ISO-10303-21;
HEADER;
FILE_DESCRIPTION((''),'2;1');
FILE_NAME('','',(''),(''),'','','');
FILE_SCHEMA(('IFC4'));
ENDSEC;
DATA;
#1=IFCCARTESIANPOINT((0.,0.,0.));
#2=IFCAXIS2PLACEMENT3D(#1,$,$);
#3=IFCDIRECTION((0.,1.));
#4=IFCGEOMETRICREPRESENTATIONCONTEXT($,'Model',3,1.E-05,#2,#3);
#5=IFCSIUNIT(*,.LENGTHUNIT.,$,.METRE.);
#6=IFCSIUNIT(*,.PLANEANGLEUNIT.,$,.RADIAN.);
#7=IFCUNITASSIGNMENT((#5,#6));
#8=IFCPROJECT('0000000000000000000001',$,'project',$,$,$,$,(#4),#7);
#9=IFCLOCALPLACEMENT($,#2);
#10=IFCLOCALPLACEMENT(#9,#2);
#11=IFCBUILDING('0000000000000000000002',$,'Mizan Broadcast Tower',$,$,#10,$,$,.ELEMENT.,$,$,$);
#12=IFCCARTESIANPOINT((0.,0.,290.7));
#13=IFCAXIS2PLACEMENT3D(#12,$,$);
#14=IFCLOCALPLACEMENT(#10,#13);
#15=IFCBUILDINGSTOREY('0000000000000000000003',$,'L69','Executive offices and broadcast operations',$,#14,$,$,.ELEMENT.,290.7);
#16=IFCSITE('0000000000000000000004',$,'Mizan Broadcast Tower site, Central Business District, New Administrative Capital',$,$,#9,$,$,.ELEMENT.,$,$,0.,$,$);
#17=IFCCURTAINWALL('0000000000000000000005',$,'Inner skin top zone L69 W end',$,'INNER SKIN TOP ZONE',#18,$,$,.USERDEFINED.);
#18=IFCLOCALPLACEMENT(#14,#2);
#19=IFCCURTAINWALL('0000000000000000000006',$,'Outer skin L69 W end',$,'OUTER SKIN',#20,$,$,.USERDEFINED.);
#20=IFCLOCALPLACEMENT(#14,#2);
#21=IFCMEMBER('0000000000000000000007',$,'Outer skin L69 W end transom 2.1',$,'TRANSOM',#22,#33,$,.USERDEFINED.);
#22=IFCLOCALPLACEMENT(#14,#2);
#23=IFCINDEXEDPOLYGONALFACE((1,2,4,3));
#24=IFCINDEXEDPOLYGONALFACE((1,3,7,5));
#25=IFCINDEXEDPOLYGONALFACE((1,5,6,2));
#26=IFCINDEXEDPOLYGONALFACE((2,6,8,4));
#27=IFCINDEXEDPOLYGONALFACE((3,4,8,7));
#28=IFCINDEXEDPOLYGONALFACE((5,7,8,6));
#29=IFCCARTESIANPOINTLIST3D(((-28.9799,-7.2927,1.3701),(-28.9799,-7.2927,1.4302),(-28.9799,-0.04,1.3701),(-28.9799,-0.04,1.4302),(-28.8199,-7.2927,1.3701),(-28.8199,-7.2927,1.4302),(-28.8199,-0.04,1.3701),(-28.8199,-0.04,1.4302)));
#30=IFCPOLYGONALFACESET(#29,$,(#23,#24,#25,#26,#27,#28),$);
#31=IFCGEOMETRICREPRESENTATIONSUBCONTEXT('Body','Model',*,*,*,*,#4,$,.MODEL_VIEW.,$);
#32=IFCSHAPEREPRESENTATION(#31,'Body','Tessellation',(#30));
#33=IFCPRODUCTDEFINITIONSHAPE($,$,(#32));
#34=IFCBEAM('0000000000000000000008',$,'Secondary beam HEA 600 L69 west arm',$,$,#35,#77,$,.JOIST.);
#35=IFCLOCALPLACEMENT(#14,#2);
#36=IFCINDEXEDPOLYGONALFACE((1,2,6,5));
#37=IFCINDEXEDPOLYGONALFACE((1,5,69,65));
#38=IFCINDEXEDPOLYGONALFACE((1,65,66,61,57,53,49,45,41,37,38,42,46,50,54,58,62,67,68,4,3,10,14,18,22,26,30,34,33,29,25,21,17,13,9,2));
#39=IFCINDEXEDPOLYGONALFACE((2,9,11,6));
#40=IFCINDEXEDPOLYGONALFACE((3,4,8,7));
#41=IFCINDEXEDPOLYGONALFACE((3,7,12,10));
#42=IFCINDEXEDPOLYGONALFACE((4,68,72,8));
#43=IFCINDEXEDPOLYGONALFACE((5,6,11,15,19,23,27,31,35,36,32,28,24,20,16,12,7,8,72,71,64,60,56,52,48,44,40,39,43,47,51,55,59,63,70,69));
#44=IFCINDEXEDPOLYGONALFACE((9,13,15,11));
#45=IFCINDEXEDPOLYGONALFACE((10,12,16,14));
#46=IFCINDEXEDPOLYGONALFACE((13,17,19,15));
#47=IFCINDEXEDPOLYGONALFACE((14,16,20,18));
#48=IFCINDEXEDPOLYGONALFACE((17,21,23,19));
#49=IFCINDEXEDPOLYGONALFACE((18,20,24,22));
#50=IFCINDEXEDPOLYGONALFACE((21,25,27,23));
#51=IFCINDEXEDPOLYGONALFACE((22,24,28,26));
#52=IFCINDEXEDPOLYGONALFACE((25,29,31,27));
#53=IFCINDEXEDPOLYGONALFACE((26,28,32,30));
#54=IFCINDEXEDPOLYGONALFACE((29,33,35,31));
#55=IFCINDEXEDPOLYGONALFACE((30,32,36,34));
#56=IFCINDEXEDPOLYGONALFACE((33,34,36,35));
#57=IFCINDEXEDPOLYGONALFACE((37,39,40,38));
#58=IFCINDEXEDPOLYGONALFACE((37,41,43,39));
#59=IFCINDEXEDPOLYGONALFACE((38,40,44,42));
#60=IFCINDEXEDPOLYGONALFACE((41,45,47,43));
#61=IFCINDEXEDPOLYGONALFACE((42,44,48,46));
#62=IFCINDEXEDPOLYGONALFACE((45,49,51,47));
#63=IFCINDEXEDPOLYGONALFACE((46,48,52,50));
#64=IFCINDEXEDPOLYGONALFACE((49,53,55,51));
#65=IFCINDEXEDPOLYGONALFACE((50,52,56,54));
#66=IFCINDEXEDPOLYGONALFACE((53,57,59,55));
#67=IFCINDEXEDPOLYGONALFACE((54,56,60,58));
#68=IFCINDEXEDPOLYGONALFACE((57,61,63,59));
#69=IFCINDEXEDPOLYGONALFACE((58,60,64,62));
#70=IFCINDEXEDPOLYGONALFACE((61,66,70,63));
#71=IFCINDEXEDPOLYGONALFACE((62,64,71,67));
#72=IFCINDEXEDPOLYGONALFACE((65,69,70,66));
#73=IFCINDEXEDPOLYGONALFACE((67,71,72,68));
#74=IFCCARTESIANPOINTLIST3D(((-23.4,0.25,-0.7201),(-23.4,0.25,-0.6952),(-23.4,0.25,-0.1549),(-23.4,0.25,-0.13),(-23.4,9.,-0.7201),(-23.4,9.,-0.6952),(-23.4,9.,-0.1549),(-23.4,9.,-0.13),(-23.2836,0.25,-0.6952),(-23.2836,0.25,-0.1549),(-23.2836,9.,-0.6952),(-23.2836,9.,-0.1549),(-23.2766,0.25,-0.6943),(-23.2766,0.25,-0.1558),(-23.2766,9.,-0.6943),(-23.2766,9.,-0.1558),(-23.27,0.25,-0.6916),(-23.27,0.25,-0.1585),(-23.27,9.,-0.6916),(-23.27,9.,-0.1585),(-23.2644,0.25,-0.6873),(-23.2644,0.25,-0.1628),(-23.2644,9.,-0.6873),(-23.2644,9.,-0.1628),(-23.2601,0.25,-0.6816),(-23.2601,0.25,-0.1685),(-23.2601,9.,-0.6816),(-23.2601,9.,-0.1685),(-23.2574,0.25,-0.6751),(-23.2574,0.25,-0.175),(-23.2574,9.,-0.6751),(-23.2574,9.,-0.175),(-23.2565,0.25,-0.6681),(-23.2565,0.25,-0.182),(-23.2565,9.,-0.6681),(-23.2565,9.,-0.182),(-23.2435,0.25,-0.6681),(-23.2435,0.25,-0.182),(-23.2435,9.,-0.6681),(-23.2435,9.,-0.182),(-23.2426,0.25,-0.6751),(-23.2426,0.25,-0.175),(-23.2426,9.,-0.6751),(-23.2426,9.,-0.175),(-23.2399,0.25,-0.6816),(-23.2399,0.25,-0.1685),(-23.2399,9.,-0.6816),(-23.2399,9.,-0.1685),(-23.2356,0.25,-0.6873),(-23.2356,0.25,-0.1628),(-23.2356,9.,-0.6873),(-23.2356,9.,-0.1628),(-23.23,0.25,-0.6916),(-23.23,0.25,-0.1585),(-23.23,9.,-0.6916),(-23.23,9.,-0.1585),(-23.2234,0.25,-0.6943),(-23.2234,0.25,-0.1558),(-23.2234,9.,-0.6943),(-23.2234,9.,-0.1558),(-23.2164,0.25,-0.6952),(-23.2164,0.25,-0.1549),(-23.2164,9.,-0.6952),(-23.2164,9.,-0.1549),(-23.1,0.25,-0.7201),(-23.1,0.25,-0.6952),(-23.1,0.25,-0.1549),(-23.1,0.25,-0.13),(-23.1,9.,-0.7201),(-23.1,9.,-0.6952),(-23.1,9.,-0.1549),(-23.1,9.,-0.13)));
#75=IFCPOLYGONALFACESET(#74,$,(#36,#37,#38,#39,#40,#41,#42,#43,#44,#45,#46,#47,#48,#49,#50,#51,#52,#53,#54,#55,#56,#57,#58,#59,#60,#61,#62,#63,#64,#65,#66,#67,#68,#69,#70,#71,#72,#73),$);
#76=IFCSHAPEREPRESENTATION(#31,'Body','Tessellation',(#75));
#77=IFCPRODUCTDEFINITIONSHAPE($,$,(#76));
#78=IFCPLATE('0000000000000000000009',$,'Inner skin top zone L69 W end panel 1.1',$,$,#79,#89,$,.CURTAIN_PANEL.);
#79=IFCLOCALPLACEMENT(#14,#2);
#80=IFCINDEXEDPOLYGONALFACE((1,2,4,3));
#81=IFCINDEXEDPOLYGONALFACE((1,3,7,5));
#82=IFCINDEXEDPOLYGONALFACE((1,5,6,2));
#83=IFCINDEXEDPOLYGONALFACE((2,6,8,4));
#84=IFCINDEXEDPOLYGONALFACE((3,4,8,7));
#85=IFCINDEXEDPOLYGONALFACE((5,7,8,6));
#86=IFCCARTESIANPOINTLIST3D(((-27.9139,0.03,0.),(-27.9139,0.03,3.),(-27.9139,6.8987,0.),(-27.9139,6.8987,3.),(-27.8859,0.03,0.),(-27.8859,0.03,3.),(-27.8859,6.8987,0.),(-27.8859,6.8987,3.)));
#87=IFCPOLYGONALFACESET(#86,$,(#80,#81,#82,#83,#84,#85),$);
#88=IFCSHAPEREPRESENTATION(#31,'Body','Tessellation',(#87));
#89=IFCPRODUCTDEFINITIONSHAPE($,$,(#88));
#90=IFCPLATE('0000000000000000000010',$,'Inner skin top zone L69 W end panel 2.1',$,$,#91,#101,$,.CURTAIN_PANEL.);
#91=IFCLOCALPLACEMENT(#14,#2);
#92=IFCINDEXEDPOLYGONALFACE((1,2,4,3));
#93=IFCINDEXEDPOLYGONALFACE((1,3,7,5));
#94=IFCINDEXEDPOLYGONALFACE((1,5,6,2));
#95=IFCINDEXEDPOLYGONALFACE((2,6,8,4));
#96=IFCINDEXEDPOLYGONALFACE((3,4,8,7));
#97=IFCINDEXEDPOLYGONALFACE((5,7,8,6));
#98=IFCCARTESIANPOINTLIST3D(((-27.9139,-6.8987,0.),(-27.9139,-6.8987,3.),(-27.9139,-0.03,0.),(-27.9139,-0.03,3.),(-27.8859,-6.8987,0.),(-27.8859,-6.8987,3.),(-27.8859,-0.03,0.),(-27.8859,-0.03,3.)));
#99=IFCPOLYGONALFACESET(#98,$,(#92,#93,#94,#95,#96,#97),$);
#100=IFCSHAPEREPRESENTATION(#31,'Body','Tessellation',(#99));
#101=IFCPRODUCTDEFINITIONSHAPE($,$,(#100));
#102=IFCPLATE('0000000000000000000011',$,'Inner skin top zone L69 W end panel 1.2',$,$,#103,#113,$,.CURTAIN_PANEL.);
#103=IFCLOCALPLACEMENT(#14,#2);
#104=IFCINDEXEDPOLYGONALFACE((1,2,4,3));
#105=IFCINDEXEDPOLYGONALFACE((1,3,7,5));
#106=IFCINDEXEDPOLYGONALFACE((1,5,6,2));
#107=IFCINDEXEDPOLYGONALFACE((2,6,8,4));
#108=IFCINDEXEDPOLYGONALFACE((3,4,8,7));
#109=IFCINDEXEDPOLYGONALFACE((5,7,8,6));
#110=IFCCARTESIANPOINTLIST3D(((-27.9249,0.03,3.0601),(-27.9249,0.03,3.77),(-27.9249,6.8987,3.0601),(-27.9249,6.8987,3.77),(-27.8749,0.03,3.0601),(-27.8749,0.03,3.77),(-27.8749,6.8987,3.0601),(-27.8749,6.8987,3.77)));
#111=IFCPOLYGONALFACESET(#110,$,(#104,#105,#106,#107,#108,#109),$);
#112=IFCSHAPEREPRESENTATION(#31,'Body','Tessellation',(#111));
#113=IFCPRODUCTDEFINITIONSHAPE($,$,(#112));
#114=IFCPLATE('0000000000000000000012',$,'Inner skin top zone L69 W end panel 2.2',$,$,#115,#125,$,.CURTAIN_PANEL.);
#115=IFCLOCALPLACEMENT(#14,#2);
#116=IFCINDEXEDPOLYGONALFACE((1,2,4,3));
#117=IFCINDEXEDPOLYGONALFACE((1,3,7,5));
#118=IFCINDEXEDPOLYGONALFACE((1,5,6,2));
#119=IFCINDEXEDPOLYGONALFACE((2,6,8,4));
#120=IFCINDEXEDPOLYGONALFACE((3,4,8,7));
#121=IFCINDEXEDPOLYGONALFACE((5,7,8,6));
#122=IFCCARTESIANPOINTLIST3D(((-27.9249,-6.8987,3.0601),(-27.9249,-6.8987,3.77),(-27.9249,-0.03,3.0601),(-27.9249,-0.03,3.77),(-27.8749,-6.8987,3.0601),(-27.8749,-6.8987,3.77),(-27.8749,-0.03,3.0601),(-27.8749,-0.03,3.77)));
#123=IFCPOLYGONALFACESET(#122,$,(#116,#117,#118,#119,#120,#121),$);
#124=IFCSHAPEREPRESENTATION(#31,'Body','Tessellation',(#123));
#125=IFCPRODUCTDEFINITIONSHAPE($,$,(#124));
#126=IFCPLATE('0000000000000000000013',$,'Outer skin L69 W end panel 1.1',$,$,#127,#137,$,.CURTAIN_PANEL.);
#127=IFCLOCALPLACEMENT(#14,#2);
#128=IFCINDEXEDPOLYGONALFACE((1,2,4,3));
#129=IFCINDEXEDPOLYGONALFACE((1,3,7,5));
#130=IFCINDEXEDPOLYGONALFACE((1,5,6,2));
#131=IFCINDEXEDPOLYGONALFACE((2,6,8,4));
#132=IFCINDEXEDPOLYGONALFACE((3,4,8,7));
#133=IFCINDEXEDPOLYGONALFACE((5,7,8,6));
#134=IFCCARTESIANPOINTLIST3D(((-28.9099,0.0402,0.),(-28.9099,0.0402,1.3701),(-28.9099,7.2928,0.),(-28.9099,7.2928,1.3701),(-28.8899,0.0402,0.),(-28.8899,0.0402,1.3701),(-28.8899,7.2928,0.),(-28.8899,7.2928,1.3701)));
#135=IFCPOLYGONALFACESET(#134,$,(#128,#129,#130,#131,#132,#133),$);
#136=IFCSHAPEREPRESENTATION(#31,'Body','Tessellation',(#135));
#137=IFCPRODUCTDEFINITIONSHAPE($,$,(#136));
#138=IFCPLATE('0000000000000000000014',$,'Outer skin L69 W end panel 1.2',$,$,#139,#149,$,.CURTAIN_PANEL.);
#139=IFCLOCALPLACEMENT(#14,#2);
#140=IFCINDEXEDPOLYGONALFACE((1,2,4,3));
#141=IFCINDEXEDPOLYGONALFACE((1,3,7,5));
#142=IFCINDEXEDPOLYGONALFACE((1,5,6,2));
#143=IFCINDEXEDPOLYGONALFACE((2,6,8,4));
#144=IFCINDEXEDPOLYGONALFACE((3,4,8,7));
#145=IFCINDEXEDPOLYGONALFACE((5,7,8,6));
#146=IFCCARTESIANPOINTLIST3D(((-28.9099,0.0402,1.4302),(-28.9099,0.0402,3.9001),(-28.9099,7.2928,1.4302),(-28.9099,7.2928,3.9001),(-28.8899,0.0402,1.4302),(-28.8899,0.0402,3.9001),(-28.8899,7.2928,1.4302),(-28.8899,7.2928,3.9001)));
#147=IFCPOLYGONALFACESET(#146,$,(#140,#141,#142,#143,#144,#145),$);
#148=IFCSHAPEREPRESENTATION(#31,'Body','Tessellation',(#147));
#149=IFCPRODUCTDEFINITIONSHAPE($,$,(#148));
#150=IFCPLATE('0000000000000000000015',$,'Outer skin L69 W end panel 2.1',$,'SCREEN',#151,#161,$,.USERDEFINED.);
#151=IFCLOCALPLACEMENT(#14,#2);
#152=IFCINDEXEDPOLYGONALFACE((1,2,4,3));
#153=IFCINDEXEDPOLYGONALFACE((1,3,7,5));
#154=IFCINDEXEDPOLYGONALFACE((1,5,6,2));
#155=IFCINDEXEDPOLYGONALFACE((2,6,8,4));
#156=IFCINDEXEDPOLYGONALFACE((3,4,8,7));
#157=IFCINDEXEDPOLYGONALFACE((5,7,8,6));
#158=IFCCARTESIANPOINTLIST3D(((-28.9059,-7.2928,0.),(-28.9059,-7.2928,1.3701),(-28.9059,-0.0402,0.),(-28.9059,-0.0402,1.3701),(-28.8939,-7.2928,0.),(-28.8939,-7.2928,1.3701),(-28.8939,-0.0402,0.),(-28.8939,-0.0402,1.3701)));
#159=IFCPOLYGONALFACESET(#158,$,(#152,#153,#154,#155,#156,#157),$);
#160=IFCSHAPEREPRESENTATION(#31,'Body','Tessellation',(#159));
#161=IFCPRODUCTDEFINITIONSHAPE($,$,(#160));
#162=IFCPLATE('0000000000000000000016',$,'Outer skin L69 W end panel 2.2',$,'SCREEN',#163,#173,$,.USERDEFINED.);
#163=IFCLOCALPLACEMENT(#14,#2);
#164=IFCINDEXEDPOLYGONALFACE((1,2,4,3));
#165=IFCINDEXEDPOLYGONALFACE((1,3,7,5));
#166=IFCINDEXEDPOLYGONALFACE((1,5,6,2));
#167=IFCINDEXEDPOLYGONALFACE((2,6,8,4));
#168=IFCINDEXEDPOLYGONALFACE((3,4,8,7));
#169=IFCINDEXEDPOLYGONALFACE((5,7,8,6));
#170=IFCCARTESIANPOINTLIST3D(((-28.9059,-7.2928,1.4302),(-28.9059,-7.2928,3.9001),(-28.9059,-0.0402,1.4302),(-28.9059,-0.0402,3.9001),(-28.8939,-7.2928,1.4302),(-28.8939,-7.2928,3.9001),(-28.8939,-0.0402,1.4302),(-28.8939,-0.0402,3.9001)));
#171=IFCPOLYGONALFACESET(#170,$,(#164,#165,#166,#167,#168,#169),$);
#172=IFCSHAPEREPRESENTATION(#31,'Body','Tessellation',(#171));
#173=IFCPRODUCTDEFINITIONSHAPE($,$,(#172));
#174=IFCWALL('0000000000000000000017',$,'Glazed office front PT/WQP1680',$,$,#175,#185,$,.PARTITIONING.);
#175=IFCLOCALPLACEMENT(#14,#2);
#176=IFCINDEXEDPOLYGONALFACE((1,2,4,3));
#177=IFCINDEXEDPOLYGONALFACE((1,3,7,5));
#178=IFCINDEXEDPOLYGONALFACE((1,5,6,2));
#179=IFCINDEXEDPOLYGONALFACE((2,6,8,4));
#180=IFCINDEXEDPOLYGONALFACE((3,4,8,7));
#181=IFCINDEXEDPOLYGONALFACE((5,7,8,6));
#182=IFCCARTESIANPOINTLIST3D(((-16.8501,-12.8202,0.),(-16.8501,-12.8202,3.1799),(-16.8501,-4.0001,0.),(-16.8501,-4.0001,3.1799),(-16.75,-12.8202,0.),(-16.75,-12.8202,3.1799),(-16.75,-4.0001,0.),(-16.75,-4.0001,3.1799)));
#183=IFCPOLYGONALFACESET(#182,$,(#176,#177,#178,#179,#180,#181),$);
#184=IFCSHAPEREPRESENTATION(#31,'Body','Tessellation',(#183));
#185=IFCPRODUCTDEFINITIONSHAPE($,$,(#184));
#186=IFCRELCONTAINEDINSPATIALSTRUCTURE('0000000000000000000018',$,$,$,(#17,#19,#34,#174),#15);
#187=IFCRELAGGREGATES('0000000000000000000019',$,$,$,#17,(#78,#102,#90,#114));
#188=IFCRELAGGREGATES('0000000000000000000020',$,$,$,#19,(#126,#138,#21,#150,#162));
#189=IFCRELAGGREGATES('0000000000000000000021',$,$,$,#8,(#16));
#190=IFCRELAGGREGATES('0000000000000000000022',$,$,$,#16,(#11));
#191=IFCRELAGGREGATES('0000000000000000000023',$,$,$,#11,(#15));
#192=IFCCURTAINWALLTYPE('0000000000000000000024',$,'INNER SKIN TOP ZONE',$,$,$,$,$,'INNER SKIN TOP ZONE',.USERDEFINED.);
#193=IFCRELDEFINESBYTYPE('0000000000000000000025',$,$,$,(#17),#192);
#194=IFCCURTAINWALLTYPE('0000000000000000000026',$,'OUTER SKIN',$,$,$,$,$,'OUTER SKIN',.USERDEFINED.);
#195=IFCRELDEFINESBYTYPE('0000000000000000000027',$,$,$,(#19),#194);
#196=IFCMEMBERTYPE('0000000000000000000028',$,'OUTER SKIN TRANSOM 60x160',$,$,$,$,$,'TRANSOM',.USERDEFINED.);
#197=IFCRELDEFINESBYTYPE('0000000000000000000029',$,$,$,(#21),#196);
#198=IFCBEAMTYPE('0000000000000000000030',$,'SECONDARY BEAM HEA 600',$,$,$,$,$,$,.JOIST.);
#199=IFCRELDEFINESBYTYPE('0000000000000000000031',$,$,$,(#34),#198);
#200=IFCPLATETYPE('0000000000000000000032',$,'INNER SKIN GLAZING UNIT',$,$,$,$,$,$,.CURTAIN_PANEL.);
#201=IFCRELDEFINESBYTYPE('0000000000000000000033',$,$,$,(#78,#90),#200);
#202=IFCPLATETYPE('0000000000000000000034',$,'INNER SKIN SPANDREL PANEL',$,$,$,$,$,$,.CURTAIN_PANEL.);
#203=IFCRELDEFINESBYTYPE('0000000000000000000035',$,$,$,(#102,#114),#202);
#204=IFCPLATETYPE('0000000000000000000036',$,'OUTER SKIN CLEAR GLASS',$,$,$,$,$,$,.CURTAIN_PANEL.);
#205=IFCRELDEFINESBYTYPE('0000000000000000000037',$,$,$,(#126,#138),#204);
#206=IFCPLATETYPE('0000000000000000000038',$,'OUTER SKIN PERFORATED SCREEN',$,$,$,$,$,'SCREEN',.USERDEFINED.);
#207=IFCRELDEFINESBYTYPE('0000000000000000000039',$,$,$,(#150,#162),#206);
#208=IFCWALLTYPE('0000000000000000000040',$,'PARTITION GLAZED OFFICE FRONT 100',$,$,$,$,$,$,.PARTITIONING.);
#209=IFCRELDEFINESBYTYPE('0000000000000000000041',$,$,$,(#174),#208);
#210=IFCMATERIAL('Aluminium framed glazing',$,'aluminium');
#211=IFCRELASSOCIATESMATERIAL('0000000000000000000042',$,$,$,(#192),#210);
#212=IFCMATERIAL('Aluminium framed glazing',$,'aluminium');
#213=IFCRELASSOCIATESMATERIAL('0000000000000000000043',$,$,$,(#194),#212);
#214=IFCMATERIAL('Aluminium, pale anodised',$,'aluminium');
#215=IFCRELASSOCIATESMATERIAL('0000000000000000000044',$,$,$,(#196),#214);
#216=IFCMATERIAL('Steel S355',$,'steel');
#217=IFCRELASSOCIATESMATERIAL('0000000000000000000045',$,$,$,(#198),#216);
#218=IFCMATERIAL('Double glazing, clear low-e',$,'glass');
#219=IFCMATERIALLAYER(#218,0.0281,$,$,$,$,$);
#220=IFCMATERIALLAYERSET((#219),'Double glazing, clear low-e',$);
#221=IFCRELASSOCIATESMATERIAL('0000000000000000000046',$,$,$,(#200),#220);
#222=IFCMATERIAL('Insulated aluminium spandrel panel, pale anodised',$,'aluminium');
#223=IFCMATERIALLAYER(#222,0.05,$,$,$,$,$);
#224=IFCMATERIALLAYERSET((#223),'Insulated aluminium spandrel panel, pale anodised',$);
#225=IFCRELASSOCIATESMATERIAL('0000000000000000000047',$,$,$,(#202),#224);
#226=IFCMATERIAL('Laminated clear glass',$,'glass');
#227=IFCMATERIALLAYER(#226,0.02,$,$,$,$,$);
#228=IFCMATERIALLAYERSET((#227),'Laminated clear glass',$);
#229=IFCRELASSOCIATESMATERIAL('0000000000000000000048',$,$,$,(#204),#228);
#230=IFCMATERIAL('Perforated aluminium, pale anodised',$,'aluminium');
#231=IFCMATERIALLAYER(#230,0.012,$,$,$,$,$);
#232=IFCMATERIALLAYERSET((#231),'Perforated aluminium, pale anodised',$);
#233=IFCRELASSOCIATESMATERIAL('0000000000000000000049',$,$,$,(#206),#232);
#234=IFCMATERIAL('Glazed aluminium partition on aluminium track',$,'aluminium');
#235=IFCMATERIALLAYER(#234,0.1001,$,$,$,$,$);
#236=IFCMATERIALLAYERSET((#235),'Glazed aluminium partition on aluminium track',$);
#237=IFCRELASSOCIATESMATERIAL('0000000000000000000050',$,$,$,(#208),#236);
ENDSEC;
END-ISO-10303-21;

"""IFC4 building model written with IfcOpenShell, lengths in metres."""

from ifc_helpers import new_model, si_unit, direction, frame, frame_2d, origin, origin_2d, place, context, subcontext, project, spatial, rectangle, i_section, extrude, material, layer, layer_set, material_profile, profile_set, type_object, element, aggregate, save


model = new_model("IFC4")

# Units and contexts
model_context = context("Model", 3, precision=1e-05, world=origin(), true_north=direction((0.0, 1.0)))
body_context = subcontext(model_context, "Body", "Model", "MODEL_VIEW")
ifc_project = project(units=[si_unit("LENGTHUNIT", "METRE"), si_unit("PLANEANGLEUNIT", "RADIAN")], contexts=[model_context])

# Site, building, storey
site_placement = place(None, origin())
site = spatial("IfcSite", under=ifc_project, at=site_placement, Name="Mizan Broadcast Tower site, Central Business District, New Administrative Capital", CompositionType="ELEMENT", RefElevation=0.0)
building_placement = place(site_placement, origin())
building = spatial("IfcBuilding", under=site, at=building_placement, Name="Mizan Broadcast Tower", CompositionType="ELEMENT")
storey_placement = place(building_placement, frame((0.0, 0.0, 290.7)))
storey = spatial("IfcBuildingStorey", under=building, at=storey_placement, Name="L69", Description="Executive offices and broadcast operations", CompositionType="ELEMENT", Elevation=290.7)

# Shared definitions
ifc_material_1 = material(Name="Aluminium framed glazing", Category="aluminium")
curtain_wall_type_1 = type_object("IfcCurtainWallType", Name="INNER SKIN TOP ZONE", ElementType="INNER SKIN TOP ZONE", PredefinedType="USERDEFINED", material=ifc_material_1)

# Curtain wall
curtain_wall_1_placement = place(storey_placement, origin())
curtain_wall_1 = element("IfcCurtainWall", 1, at=curtain_wall_1_placement, inside=storey, type_object=curtain_wall_type_1, Name="Inner skin top zone L69 W end", ObjectType="INNER SKIN TOP ZONE", PredefinedType="USERDEFINED")

# Shared definitions
ifc_material_2 = material(Name="Aluminium framed glazing", Category="aluminium")
curtain_wall_type_2 = type_object("IfcCurtainWallType", Name="OUTER SKIN", ElementType="OUTER SKIN", PredefinedType="USERDEFINED", material=ifc_material_2)

# Curtain wall, member
curtain_wall_2_placement = place(storey_placement, origin())
curtain_wall_2 = element("IfcCurtainWall", 2, at=curtain_wall_2_placement, inside=storey, type_object=curtain_wall_type_2, Name="Outer skin L69 W end", ObjectType="OUTER SKIN", PredefinedType="USERDEFINED")
ifc_material_3 = material(Name="Aluminium, pale anodised", Category="aluminium")
ifc_material_profile_1 = material_profile(ifc_material_3, rectangle(XDim=0.1599, YDim=0.0601, at=origin_2d()), Name="TRANSOM 160x60")
ifc_profile_set_1 = profile_set([ifc_material_profile_1], Name="Aluminium, pale anodised")
member_type_1 = type_object("IfcMemberType", Name="OUTER SKIN TRANSOM 60x160", ElementType="TRANSOM", PredefinedType="USERDEFINED", material=ifc_profile_set_1)
member_1_placement = place(storey_placement, frame((-28.8999, -0.04, 1.4001), z_axis=(0.0, -1.0, 0.0), x_axis=(1.0, 0.0, 0.0)))
member_1 = element("IfcMember", 3, at=member_1_placement, type_object=member_type_1, Name="Outer skin L69 W end transom 2.1", ObjectType="TRANSOM", PredefinedType="USERDEFINED", context=body_context, shape_type="SweptSolid", body=[
    extrude(rectangle(XDim=0.1599, YDim=0.0601, at=origin_2d()), origin(), (0.0, 0.0, 1.0), 7.2527),
])

# Beam
ifc_material_4 = material(Name="Steel S355", Category="steel")
ifc_material_profile_2 = material_profile(ifc_material_4, i_section(OverallWidth=0.3, OverallDepth=0.5901, WebThickness=0.0129, FlangeThickness=0.0249, FilletRadius=0.0271, at=origin_2d()), Name="HEA 600")
ifc_profile_set_2 = profile_set([ifc_material_profile_2], Name="Steel S355")
beam_type_1 = type_object("IfcBeamType", Name="SECONDARY BEAM HEA 600", PredefinedType="JOIST", material=ifc_profile_set_2)
beam_1_placement = place(storey_placement, frame((-23.25, 9.0, -0.425), z_axis=(0.0, -1.0, 0.0), x_axis=(1.0, 0.0, 0.0)))
element("IfcBeam", 4, at=beam_1_placement, inside=storey, type_object=beam_type_1, Name="Secondary beam HEA 600 L69 west arm", PredefinedType="JOIST", context=body_context, shape_type="SweptSolid", body=[
    extrude(i_section(OverallWidth=0.3, OverallDepth=0.5901, WebThickness=0.0129, FlangeThickness=0.0249, FilletRadius=0.0271, at=origin_2d()), origin(), (0.0, 0.0, 1.0), 8.75),
])

# Plates
ifc_material_5 = material(Name="Double glazing, clear low-e", Category="glass")
ifc_layer_1 = layer(ifc_material_5, 0.0281)
ifc_layer_set_1 = layer_set([ifc_layer_1], Name="Double glazing, clear low-e")
plate_type_1 = type_object("IfcPlateType", Name="INNER SKIN GLAZING UNIT", PredefinedType="CURTAIN_PANEL", material=ifc_layer_set_1)
plate_1_placement = place(storey_placement, frame((-27.8999, 3.4644, 0.0), z_axis=(0.0, 0.0, 1.0), x_axis=(0.0, -1.0, 0.0)))
plate_1 = element("IfcPlate", 5, at=plate_1_placement, type_object=plate_type_1, Name="Inner skin top zone L69 W end panel 1.1", PredefinedType="CURTAIN_PANEL", context=body_context, shape_type="SweptSolid", body=[
    extrude(rectangle(XDim=6.8687, YDim=0.0281, at=origin_2d()), origin(), (0.0, 0.0, 1.0), 3.0),
])
plate_2_placement = place(storey_placement, frame((-27.8999, -3.4644, 0.0), z_axis=(0.0, 0.0, 1.0), x_axis=(0.0, -1.0, 0.0)))
plate_2 = element("IfcPlate", 6, at=plate_2_placement, type_object=plate_type_1, Name="Inner skin top zone L69 W end panel 2.1", PredefinedType="CURTAIN_PANEL", context=body_context, shape_type="SweptSolid", body=[
    extrude(rectangle(XDim=6.8687, YDim=0.0281, at=origin_2d()), origin(), (0.0, 0.0, 1.0), 3.0),
])
ifc_material_6 = material(Name="Insulated aluminium spandrel panel, pale anodised", Category="aluminium")
ifc_layer_2 = layer(ifc_material_6, 0.05)
ifc_layer_set_2 = layer_set([ifc_layer_2], Name="Insulated aluminium spandrel panel, pale anodised")
plate_type_2 = type_object("IfcPlateType", Name="INNER SKIN SPANDREL PANEL", PredefinedType="CURTAIN_PANEL", material=ifc_layer_set_2)
plate_3_placement = place(storey_placement, frame((-27.8999, 3.4644, 3.0601), z_axis=(0.0, 0.0, 1.0), x_axis=(0.0, -1.0, 0.0)))
plate_3 = element("IfcPlate", 7, at=plate_3_placement, type_object=plate_type_2, Name="Inner skin top zone L69 W end panel 1.2", PredefinedType="CURTAIN_PANEL", context=body_context, shape_type="SweptSolid", body=[
    extrude(rectangle(XDim=6.8687, YDim=0.05, at=origin_2d()), origin(), (0.0, 0.0, 1.0), 0.71),
])
plate_4_placement = place(storey_placement, frame((-27.8999, -3.4644, 3.0601), z_axis=(0.0, 0.0, 1.0), x_axis=(0.0, -1.0, 0.0)))
plate_4 = element("IfcPlate", 8, at=plate_4_placement, type_object=plate_type_2, Name="Inner skin top zone L69 W end panel 2.2", PredefinedType="CURTAIN_PANEL", context=body_context, shape_type="SweptSolid", body=[
    extrude(rectangle(XDim=6.8687, YDim=0.05, at=origin_2d()), origin(), (0.0, 0.0, 1.0), 0.71),
])
aggregate(curtain_wall_1, [plate_1, plate_3, plate_2, plate_4])
ifc_material_7 = material(Name="Laminated clear glass", Category="glass")
ifc_layer_3 = layer(ifc_material_7, 0.02)
ifc_layer_set_3 = layer_set([ifc_layer_3], Name="Laminated clear glass")
plate_type_3 = type_object("IfcPlateType", Name="OUTER SKIN CLEAR GLASS", PredefinedType="CURTAIN_PANEL", material=ifc_layer_set_3)
plate_5_placement = place(storey_placement, frame((-28.8999, 3.6665, 0.0), z_axis=(0.0, 0.0, 1.0), x_axis=(0.0, -1.0, 0.0)))
plate_5 = element("IfcPlate", 9, at=plate_5_placement, type_object=plate_type_3, Name="Outer skin L69 W end panel 1.1", PredefinedType="CURTAIN_PANEL", context=body_context, shape_type="SweptSolid", body=[
    extrude(rectangle(XDim=7.2527, YDim=0.02, at=origin_2d()), origin(), (0.0, 0.0, 1.0), 1.3701),
])
plate_6_placement = place(storey_placement, frame((-28.8999, 3.6665, 1.4302), z_axis=(0.0, 0.0, 1.0), x_axis=(0.0, -1.0, 0.0)))
plate_6 = element("IfcPlate", 10, at=plate_6_placement, type_object=plate_type_3, Name="Outer skin L69 W end panel 1.2", PredefinedType="CURTAIN_PANEL", context=body_context, shape_type="SweptSolid", body=[
    extrude(rectangle(XDim=7.2527, YDim=0.02, at=origin_2d()), origin(), (0.0, 0.0, 1.0), 2.47),
])
ifc_material_8 = material(Name="Perforated aluminium, pale anodised", Category="aluminium")
ifc_layer_4 = layer(ifc_material_8, 0.012)
ifc_layer_set_4 = layer_set([ifc_layer_4], Name="Perforated aluminium, pale anodised")
plate_type_4 = type_object("IfcPlateType", Name="OUTER SKIN PERFORATED SCREEN", ElementType="SCREEN", PredefinedType="USERDEFINED", material=ifc_layer_set_4)
plate_7_placement = place(storey_placement, frame((-28.8999, -3.6665, 0.0), z_axis=(0.0, 0.0, 1.0), x_axis=(0.0, -1.0, 0.0)))
plate_7 = element("IfcPlate", 11, at=plate_7_placement, type_object=plate_type_4, Name="Outer skin L69 W end panel 2.1", ObjectType="SCREEN", PredefinedType="USERDEFINED", context=body_context, shape_type="SweptSolid", body=[
    extrude(rectangle(XDim=7.2527, YDim=0.012, at=origin_2d()), origin(), (0.0, 0.0, 1.0), 1.3701),
])
plate_8_placement = place(storey_placement, frame((-28.8999, -3.6665, 1.4302), z_axis=(0.0, 0.0, 1.0), x_axis=(0.0, -1.0, 0.0)))
plate_8 = element("IfcPlate", 12, at=plate_8_placement, type_object=plate_type_4, Name="Outer skin L69 W end panel 2.2", ObjectType="SCREEN", PredefinedType="USERDEFINED", context=body_context, shape_type="SweptSolid", body=[
    extrude(rectangle(XDim=7.2527, YDim=0.012, at=origin_2d()), origin(), (0.0, 0.0, 1.0), 2.47),
])
aggregate(curtain_wall_2, [plate_5, plate_6, member_1, plate_7, plate_8])

# Wall
ifc_material_9 = material(Name="Glazed aluminium partition on aluminium track", Category="aluminium")
ifc_layer_5 = layer(ifc_material_9, 0.1001)
ifc_layer_set_5 = layer_set([ifc_layer_5], Name="Glazed aluminium partition on aluminium track")
wall_type = type_object("IfcWallType", Name="PARTITION GLAZED OFFICE FRONT 100", PredefinedType="PARTITIONING", material=ifc_layer_set_5)
wall_placement = place(storey_placement, frame((-16.8, -4.0, 0.0), z_axis=(0.0, 0.0, 1.0), x_axis=(0.0, -1.0, 0.0)))
element("IfcWall", 13, at=wall_placement, inside=storey, type_object=wall_type, Name="Glazed office front PT/WQP1680", PredefinedType="PARTITIONING", context=body_context, shape_type="SweptSolid", body=[
    extrude(rectangle(XDim=8.8201, YDim=0.1001, at=frame_2d((4.4102, 0.0))), origin(), (0.0, 0.0, 1.0), 3.1799),
])

save(model, "model.ifc")
